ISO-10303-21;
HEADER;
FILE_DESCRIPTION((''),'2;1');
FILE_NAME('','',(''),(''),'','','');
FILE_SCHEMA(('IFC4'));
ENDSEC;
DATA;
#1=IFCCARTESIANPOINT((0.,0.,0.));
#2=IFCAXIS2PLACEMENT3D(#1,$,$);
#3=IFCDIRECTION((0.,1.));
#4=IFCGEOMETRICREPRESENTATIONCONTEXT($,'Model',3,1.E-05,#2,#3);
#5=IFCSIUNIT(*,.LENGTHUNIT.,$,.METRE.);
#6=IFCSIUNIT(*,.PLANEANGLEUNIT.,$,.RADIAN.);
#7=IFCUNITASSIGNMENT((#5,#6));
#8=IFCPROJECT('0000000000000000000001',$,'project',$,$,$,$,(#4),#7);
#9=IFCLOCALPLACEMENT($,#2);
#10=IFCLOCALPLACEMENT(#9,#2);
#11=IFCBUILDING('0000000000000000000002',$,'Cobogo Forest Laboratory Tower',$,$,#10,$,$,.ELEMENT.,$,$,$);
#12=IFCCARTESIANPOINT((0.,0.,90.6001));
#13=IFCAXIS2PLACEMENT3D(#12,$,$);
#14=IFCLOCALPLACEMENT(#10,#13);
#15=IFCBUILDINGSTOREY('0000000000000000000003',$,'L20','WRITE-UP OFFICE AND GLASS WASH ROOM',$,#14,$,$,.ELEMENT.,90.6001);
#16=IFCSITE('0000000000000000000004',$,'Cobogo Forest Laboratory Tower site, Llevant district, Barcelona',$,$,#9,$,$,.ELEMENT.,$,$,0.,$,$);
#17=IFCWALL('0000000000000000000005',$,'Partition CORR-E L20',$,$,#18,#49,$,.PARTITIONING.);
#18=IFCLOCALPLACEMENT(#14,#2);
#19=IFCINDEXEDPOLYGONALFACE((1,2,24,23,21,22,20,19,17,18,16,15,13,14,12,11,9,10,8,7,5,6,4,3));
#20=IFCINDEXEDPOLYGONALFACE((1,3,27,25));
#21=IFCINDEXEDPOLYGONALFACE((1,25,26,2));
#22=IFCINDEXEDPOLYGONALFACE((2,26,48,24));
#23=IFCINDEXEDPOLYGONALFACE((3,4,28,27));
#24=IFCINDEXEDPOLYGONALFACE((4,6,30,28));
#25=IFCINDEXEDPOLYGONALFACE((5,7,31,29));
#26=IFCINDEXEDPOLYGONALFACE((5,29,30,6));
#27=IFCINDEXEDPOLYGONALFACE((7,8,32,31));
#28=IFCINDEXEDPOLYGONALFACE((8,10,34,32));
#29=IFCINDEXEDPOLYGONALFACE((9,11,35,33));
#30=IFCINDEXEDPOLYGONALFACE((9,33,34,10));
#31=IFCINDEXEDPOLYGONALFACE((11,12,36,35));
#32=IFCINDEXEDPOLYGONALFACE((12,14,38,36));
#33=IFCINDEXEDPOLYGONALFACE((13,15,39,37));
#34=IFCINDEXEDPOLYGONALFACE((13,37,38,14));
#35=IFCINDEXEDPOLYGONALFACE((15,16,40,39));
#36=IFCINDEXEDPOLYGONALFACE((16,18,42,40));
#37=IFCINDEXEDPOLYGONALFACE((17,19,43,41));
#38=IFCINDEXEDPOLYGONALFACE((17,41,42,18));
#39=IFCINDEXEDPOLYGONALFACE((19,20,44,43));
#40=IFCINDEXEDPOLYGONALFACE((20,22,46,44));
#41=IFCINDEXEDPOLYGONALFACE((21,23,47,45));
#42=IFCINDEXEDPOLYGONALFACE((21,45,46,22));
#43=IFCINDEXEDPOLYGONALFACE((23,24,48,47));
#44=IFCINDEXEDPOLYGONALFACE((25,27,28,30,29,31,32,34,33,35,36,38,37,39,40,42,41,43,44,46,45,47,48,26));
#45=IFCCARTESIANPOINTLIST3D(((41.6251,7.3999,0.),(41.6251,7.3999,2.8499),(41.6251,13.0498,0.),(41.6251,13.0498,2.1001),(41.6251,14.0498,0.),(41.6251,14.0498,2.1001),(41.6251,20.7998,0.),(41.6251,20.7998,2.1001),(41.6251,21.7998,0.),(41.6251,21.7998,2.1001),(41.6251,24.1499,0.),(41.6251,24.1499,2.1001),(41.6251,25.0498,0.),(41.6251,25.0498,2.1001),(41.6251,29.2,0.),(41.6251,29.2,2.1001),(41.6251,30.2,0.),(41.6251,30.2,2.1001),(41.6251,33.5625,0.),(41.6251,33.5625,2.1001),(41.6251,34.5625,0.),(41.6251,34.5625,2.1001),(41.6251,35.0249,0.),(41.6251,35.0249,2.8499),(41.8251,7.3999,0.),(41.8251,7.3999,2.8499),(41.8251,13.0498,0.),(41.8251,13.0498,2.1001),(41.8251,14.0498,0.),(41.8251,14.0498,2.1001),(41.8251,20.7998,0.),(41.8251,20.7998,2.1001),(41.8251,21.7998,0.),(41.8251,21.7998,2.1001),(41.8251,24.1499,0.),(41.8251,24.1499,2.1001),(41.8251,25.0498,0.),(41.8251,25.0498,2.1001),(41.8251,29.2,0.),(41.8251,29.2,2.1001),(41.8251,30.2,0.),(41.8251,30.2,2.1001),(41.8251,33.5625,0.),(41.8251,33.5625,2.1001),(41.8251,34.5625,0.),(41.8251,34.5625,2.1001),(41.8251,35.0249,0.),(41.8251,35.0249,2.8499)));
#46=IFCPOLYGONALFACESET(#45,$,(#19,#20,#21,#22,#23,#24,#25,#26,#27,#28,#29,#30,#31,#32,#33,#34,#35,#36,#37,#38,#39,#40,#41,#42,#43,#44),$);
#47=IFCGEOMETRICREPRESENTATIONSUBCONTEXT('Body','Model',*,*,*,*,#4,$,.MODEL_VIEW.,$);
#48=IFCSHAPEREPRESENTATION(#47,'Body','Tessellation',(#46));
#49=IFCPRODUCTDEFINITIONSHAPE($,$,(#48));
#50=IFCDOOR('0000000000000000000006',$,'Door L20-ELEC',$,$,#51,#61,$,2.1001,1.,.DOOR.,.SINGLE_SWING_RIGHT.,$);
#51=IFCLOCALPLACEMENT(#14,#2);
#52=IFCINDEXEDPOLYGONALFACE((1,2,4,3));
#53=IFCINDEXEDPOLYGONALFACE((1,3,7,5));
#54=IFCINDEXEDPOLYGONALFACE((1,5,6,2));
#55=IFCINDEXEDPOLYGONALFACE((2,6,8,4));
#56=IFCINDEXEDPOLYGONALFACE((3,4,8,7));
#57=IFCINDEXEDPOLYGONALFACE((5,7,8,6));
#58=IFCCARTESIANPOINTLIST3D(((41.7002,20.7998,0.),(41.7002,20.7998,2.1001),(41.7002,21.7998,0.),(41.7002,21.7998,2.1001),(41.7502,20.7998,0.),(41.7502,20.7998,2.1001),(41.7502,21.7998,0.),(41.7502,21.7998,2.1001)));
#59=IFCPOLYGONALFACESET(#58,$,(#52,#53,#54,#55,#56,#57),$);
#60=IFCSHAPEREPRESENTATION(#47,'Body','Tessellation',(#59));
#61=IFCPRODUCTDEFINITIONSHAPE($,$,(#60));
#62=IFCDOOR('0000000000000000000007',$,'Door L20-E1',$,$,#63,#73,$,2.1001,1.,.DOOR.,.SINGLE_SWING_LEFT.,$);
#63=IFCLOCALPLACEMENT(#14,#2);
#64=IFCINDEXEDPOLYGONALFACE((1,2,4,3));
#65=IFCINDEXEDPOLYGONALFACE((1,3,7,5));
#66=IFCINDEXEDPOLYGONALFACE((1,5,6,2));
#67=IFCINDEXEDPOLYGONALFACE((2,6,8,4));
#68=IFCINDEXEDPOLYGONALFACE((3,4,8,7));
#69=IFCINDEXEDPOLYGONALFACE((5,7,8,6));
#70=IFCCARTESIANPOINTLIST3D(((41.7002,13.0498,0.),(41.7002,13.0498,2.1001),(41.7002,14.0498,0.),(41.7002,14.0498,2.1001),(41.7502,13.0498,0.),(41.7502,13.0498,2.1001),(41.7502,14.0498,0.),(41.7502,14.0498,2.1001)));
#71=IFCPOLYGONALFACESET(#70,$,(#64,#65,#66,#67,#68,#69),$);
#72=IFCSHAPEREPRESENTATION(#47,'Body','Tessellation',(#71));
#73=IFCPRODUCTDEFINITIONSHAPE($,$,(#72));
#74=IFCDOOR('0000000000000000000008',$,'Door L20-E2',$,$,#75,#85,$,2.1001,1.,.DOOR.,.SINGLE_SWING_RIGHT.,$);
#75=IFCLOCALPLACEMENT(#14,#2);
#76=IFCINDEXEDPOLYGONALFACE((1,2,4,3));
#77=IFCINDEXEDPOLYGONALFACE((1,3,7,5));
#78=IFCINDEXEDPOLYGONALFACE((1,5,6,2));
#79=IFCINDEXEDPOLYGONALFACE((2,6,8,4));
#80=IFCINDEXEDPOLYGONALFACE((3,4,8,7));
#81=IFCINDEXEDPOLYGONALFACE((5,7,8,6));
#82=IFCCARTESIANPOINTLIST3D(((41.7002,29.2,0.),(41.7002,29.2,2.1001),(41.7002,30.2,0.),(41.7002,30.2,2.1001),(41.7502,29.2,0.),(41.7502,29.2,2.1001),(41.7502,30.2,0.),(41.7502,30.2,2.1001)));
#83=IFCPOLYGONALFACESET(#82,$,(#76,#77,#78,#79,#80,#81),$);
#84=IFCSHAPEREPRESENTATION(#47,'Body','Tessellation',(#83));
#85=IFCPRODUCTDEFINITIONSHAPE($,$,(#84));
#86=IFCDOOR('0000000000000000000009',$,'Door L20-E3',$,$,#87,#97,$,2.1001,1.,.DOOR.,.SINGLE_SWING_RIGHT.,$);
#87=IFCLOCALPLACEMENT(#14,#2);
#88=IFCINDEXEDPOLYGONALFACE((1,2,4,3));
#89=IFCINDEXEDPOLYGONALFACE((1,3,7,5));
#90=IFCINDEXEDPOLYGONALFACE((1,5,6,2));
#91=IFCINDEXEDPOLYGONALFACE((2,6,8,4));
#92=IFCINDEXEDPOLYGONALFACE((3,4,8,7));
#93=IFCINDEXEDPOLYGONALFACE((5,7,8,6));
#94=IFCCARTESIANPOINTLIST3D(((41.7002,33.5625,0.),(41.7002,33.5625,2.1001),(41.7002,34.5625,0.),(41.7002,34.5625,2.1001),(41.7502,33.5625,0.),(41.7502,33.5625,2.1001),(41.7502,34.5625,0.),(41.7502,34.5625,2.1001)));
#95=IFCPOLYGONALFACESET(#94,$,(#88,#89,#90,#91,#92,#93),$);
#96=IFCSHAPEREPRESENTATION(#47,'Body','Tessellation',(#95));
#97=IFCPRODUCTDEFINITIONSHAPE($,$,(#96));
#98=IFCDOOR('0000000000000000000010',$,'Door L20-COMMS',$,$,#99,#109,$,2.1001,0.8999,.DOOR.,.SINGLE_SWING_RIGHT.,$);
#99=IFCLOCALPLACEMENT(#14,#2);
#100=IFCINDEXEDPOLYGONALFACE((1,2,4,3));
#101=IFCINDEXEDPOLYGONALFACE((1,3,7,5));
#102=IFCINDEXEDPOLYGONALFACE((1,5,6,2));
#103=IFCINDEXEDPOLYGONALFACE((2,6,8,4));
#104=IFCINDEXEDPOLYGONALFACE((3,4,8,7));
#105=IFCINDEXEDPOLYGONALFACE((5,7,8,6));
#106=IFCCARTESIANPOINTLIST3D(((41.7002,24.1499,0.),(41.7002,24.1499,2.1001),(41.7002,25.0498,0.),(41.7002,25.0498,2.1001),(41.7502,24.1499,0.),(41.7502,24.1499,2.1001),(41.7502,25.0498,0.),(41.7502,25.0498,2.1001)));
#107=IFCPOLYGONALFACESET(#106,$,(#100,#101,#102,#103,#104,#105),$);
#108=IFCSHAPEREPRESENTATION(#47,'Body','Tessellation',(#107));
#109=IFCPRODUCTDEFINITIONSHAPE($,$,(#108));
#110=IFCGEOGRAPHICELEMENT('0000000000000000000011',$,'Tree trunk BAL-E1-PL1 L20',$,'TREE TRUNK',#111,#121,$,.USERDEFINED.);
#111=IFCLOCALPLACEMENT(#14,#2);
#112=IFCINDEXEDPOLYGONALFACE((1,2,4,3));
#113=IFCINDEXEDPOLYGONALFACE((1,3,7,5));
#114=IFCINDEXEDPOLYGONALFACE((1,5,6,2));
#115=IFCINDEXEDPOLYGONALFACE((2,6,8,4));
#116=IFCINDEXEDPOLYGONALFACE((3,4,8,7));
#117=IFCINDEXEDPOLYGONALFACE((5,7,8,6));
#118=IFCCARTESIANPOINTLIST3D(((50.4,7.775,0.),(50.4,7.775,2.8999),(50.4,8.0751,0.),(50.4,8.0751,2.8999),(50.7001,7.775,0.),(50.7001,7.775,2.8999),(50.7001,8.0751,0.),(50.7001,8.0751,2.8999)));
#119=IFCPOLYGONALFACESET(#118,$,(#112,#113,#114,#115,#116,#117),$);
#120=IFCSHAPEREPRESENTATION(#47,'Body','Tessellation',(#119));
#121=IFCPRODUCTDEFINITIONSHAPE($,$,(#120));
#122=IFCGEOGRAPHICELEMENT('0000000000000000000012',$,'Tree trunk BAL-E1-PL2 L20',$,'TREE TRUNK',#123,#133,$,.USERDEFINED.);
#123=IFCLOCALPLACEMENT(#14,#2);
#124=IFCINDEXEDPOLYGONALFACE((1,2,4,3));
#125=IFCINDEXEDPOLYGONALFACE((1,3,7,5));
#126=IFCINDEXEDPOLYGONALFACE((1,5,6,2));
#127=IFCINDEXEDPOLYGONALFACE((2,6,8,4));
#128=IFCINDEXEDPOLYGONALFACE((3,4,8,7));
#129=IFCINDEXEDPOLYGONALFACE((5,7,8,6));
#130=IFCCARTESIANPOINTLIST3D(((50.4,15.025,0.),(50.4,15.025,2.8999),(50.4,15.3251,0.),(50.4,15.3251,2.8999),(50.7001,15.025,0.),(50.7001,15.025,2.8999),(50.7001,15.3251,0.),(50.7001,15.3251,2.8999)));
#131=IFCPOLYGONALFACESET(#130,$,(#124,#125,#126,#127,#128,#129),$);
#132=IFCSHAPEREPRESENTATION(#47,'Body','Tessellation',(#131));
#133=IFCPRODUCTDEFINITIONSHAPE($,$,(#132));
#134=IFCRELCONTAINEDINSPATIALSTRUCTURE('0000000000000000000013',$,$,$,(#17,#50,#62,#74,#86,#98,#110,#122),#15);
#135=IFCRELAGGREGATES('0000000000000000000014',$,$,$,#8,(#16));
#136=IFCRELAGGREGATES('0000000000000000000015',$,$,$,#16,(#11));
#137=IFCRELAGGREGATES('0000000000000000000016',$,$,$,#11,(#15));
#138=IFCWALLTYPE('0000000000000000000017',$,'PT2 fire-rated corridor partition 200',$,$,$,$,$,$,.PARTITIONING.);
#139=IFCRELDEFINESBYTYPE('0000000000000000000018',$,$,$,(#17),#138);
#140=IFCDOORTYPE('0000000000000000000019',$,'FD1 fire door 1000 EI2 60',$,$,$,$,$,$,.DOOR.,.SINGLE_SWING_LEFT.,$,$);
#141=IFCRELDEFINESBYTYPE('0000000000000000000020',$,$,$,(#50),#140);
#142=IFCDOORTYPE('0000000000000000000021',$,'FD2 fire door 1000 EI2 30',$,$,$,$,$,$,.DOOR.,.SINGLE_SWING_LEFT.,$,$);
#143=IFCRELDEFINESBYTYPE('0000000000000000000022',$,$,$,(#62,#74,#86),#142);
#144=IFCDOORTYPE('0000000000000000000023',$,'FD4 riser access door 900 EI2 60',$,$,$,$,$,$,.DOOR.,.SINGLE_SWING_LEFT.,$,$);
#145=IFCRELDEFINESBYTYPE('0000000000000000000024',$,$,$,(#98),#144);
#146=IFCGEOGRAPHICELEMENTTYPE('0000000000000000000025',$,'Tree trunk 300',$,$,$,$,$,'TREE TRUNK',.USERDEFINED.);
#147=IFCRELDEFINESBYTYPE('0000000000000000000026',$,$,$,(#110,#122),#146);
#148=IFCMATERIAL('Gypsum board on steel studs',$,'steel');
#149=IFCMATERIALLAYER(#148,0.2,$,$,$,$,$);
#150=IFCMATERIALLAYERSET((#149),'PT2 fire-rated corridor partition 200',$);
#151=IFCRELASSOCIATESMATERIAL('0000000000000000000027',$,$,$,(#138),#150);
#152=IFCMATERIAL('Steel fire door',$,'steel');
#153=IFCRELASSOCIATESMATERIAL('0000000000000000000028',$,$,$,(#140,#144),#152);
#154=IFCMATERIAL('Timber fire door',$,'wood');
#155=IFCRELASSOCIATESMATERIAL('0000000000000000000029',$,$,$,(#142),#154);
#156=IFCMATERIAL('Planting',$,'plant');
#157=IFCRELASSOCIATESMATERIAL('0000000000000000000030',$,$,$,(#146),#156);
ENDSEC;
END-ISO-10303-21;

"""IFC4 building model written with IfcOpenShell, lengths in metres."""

from ifc_helpers import new_model, si_unit, direction, frame, frame_2d, origin, origin_2d, place, context, subcontext, project, spatial, rectangle, extrude, material, layer, layer_set, type_object, element, fill, save


model = new_model("IFC4")

# Units and contexts
model_context = context("Model", 3, precision=1e-05, world=origin(), true_north=direction((0.0, 1.0)))
body_context = subcontext(model_context, "Body", "Model", "MODEL_VIEW")
ifc_project = project(units=[si_unit("LENGTHUNIT", "METRE"), si_unit("PLANEANGLEUNIT", "RADIAN")], contexts=[model_context])

# Site, building, storey
site_placement = place(None, origin())
site = spatial("IfcSite", under=ifc_project, at=site_placement, Name="Cobogo Forest Laboratory Tower site, Llevant district, Barcelona", CompositionType="ELEMENT", RefElevation=0.0)
building_placement = place(site_placement, origin())
building = spatial("IfcBuilding", under=site, at=building_placement, Name="Cobogo Forest Laboratory Tower", CompositionType="ELEMENT")
storey_placement = place(building_placement, frame((0.0, 0.0, 90.6001)))
storey = spatial("IfcBuildingStorey", under=building, at=storey_placement, Name="L20", Description="WRITE-UP OFFICE AND GLASS WASH ROOM", CompositionType="ELEMENT", Elevation=90.6001)

# Shared definitions
ifc_material_1 = material(Name="Gypsum board on steel studs", Category="steel")

# Wall, openings, doors
ifc_layer_1 = layer(ifc_material_1, 0.2)
ifc_layer_set_1 = layer_set([ifc_layer_1], Name="PT2 fire-rated corridor partition 200")
wall_type_1 = type_object("IfcWallType", Name="PT2 fire-rated corridor partition 200", PredefinedType="PARTITIONING", material=ifc_layer_set_1)
wall_1_placement = place(storey_placement, frame((41.7251, 7.3999, 0.0), z_axis=(0.0, 0.0, 1.0), x_axis=(0.0, 1.0, 0.0)))
wall_1 = element("IfcWall", 1, at=wall_1_placement, inside=storey, type_object=wall_type_1, Name="Partition CORR-E L20", PredefinedType="PARTITIONING", context=body_context, shape_type="SweptSolid", body=[
    extrude(rectangle(XDim=27.625, YDim=0.2, at=frame_2d((13.8125, 0.0))), origin(), (0.0, 0.0, 1.0), 2.8499),
])
opening_1_placement = place(wall_1_placement, frame((5.6499, 0.0, 0.0)))
opening_1 = element("IfcOpeningElement", 2, at=opening_1_placement, cuts=wall_1, PredefinedType="OPENING", context=body_context, shape_type="SweptSolid", body=[
    extrude(rectangle(XDim=1.0, YDim=2.1001, at=frame_2d((0.5, 1.05))), frame((0.0, 0.1099, 0.0), z_axis=(0.0, -1.0, 0.0), x_axis=(1.0, 0.0, 0.0)), (0.0, 0.0, 1.0), 0.22),
])
opening_2_placement = place(wall_1_placement, frame((13.3999, 0.0, 0.0)))
opening_2 = element("IfcOpeningElement", 3, at=opening_2_placement, cuts=wall_1, PredefinedType="OPENING", context=body_context, shape_type="SweptSolid", body=[
    extrude(rectangle(XDim=1.0, YDim=2.1001, at=frame_2d((0.5, 1.05))), frame((0.0, 0.1099, 0.0), z_axis=(0.0, -1.0, 0.0), x_axis=(1.0, 0.0, 0.0)), (0.0, 0.0, 1.0), 0.22),
])
opening_3_placement = place(wall_1_placement, frame((16.75, 0.0, 0.0)))
opening_3 = element("IfcOpeningElement", 4, at=opening_3_placement, cuts=wall_1, PredefinedType="OPENING", context=body_context, shape_type="SweptSolid", body=[
    extrude(rectangle(XDim=0.8999, YDim=2.1001, at=frame_2d((0.45, 1.05))), frame((0.0, 0.1099, 0.0), z_axis=(0.0, -1.0, 0.0), x_axis=(1.0, 0.0, 0.0)), (0.0, 0.0, 1.0), 0.22),
])
opening_4_placement = place(wall_1_placement, frame((21.8, 0.0, 0.0)))
opening_4 = element("IfcOpeningElement", 5, at=opening_4_placement, cuts=wall_1, PredefinedType="OPENING", context=body_context, shape_type="SweptSolid", body=[
    extrude(rectangle(XDim=1.0, YDim=2.1001, at=frame_2d((0.5, 1.05))), frame((0.0, 0.1099, 0.0), z_axis=(0.0, -1.0, 0.0), x_axis=(1.0, 0.0, 0.0)), (0.0, 0.0, 1.0), 0.22),
])
opening_5_placement = place(wall_1_placement, frame((26.1626, 0.0, 0.0)))
opening_5 = element("IfcOpeningElement", 6, at=opening_5_placement, cuts=wall_1, PredefinedType="OPENING", context=body_context, shape_type="SweptSolid", body=[
    extrude(rectangle(XDim=1.0, YDim=2.1001, at=frame_2d((0.5, 1.05))), frame((0.0, 0.1099, 0.0), z_axis=(0.0, -1.0, 0.0), x_axis=(1.0, 0.0, 0.0)), (0.0, 0.0, 1.0), 0.22),
])
ifc_material_2 = material(Name="Steel fire door", Category="steel")
door_type_1 = type_object("IfcDoorType", Name="FD1 fire door 1000 EI2 60", OperationType="SINGLE_SWING_LEFT", PredefinedType="DOOR", material=ifc_material_2)
door_1_placement = place(opening_2_placement, origin())
door_1 = element("IfcDoor", 7, at=door_1_placement, inside=storey, type_object=door_type_1, Name="Door L20-ELEC", OperationType="SINGLE_SWING_RIGHT", OverallHeight=2.1001, OverallWidth=1.0, PredefinedType="DOOR", context=body_context, shape_type="SweptSolid", body=[
    extrude(rectangle(XDim=1.0, YDim=2.1001, at=frame_2d((0.5, 1.05))), frame((0.0, 0.0249, 0.0), z_axis=(0.0, -1.0, 0.0), x_axis=(1.0, 0.0, 0.0)), (0.0, 0.0, 1.0), 0.05),
])
fill(opening_2, door_1)
ifc_material_3 = material(Name="Timber fire door", Category="wood")
door_type_2 = type_object("IfcDoorType", Name="FD2 fire door 1000 EI2 30", OperationType="SINGLE_SWING_LEFT", PredefinedType="DOOR", material=ifc_material_3)
door_2_placement = place(opening_1_placement, origin())
door_2 = element("IfcDoor", 8, at=door_2_placement, inside=storey, type_object=door_type_2, Name="Door L20-E1", OperationType="SINGLE_SWING_LEFT", OverallHeight=2.1001, OverallWidth=1.0, PredefinedType="DOOR", context=body_context, shape_type="SweptSolid", body=[
    extrude(rectangle(XDim=1.0, YDim=2.1001, at=frame_2d((0.5, 1.05))), frame((0.0, 0.0249, 0.0), z_axis=(0.0, -1.0, 0.0), x_axis=(1.0, 0.0, 0.0)), (0.0, 0.0, 1.0), 0.05),
])
fill(opening_1, door_2)
door_3_placement = place(opening_4_placement, origin())
door_3 = element("IfcDoor", 9, at=door_3_placement, inside=storey, type_object=door_type_2, Name="Door L20-E2", OperationType="SINGLE_SWING_RIGHT", OverallHeight=2.1001, OverallWidth=1.0, PredefinedType="DOOR", context=body_context, shape_type="SweptSolid", body=[
    extrude(rectangle(XDim=1.0, YDim=2.1001, at=frame_2d((0.5, 1.05))), frame((0.0, 0.0249, 0.0), z_axis=(0.0, -1.0, 0.0), x_axis=(1.0, 0.0, 0.0)), (0.0, 0.0, 1.0), 0.05),
])
fill(opening_4, door_3)
door_4_placement = place(opening_5_placement, origin())
door_4 = element("IfcDoor", 10, at=door_4_placement, inside=storey, type_object=door_type_2, Name="Door L20-E3", OperationType="SINGLE_SWING_RIGHT", OverallHeight=2.1001, OverallWidth=1.0, PredefinedType="DOOR", context=body_context, shape_type="SweptSolid", body=[
    extrude(rectangle(XDim=1.0, YDim=2.1001, at=frame_2d((0.5, 1.05))), frame((0.0, 0.0249, 0.0), z_axis=(0.0, -1.0, 0.0), x_axis=(1.0, 0.0, 0.0)), (0.0, 0.0, 1.0), 0.05),
])
fill(opening_5, door_4)
door_type_3 = type_object("IfcDoorType", Name="FD4 riser access door 900 EI2 60", OperationType="SINGLE_SWING_LEFT", PredefinedType="DOOR", material=ifc_material_2)
door_5_placement = place(opening_3_placement, origin())
door_5 = element("IfcDoor", 11, at=door_5_placement, inside=storey, type_object=door_type_3, Name="Door L20-COMMS", OperationType="SINGLE_SWING_RIGHT", OverallHeight=2.1001, OverallWidth=0.8999, PredefinedType="DOOR", context=body_context, shape_type="SweptSolid", body=[
    extrude(rectangle(XDim=0.8999, YDim=2.1001, at=frame_2d((0.45, 1.05))), frame((0.0, 0.0249, 0.0), z_axis=(0.0, -1.0, 0.0), x_axis=(1.0, 0.0, 0.0)), (0.0, 0.0, 1.0), 0.05),
])
fill(opening_3, door_5)

# Geographic elements
ifc_material_4 = material(Name="Planting", Category="plant")
geographic_element_type = type_object("IfcGeographicElementType", Name="Tree trunk 300", ElementType="TREE TRUNK", PredefinedType="USERDEFINED", material=ifc_material_4)
for number, where, z_axis, x_axis, name in (
    (12, (50.55, 7.925, 0.0), (0.0, 0.0, 1.0), (1.0, 0.0, 0.0), "Tree trunk BAL-E1-PL1 L20"),
    (13, (50.55, 15.175, 0.0), (0.0, 0.0, 1.0), (1.0, 0.0, 0.0), "Tree trunk BAL-E1-PL2 L20"),
):
    element("IfcGeographicElement", number, at=place(storey_placement, frame(where, z_axis=z_axis, x_axis=x_axis)), inside=storey, type_object=geographic_element_type, Name=name, ObjectType="TREE TRUNK", PredefinedType="USERDEFINED", context=body_context, shape_type="SweptSolid", body=[
        extrude(rectangle(XDim=0.3, YDim=0.3, at=origin_2d()), origin(), (0.0, 0.0, 1.0), 2.8999),
    ])

save(model, "model.ifc")
